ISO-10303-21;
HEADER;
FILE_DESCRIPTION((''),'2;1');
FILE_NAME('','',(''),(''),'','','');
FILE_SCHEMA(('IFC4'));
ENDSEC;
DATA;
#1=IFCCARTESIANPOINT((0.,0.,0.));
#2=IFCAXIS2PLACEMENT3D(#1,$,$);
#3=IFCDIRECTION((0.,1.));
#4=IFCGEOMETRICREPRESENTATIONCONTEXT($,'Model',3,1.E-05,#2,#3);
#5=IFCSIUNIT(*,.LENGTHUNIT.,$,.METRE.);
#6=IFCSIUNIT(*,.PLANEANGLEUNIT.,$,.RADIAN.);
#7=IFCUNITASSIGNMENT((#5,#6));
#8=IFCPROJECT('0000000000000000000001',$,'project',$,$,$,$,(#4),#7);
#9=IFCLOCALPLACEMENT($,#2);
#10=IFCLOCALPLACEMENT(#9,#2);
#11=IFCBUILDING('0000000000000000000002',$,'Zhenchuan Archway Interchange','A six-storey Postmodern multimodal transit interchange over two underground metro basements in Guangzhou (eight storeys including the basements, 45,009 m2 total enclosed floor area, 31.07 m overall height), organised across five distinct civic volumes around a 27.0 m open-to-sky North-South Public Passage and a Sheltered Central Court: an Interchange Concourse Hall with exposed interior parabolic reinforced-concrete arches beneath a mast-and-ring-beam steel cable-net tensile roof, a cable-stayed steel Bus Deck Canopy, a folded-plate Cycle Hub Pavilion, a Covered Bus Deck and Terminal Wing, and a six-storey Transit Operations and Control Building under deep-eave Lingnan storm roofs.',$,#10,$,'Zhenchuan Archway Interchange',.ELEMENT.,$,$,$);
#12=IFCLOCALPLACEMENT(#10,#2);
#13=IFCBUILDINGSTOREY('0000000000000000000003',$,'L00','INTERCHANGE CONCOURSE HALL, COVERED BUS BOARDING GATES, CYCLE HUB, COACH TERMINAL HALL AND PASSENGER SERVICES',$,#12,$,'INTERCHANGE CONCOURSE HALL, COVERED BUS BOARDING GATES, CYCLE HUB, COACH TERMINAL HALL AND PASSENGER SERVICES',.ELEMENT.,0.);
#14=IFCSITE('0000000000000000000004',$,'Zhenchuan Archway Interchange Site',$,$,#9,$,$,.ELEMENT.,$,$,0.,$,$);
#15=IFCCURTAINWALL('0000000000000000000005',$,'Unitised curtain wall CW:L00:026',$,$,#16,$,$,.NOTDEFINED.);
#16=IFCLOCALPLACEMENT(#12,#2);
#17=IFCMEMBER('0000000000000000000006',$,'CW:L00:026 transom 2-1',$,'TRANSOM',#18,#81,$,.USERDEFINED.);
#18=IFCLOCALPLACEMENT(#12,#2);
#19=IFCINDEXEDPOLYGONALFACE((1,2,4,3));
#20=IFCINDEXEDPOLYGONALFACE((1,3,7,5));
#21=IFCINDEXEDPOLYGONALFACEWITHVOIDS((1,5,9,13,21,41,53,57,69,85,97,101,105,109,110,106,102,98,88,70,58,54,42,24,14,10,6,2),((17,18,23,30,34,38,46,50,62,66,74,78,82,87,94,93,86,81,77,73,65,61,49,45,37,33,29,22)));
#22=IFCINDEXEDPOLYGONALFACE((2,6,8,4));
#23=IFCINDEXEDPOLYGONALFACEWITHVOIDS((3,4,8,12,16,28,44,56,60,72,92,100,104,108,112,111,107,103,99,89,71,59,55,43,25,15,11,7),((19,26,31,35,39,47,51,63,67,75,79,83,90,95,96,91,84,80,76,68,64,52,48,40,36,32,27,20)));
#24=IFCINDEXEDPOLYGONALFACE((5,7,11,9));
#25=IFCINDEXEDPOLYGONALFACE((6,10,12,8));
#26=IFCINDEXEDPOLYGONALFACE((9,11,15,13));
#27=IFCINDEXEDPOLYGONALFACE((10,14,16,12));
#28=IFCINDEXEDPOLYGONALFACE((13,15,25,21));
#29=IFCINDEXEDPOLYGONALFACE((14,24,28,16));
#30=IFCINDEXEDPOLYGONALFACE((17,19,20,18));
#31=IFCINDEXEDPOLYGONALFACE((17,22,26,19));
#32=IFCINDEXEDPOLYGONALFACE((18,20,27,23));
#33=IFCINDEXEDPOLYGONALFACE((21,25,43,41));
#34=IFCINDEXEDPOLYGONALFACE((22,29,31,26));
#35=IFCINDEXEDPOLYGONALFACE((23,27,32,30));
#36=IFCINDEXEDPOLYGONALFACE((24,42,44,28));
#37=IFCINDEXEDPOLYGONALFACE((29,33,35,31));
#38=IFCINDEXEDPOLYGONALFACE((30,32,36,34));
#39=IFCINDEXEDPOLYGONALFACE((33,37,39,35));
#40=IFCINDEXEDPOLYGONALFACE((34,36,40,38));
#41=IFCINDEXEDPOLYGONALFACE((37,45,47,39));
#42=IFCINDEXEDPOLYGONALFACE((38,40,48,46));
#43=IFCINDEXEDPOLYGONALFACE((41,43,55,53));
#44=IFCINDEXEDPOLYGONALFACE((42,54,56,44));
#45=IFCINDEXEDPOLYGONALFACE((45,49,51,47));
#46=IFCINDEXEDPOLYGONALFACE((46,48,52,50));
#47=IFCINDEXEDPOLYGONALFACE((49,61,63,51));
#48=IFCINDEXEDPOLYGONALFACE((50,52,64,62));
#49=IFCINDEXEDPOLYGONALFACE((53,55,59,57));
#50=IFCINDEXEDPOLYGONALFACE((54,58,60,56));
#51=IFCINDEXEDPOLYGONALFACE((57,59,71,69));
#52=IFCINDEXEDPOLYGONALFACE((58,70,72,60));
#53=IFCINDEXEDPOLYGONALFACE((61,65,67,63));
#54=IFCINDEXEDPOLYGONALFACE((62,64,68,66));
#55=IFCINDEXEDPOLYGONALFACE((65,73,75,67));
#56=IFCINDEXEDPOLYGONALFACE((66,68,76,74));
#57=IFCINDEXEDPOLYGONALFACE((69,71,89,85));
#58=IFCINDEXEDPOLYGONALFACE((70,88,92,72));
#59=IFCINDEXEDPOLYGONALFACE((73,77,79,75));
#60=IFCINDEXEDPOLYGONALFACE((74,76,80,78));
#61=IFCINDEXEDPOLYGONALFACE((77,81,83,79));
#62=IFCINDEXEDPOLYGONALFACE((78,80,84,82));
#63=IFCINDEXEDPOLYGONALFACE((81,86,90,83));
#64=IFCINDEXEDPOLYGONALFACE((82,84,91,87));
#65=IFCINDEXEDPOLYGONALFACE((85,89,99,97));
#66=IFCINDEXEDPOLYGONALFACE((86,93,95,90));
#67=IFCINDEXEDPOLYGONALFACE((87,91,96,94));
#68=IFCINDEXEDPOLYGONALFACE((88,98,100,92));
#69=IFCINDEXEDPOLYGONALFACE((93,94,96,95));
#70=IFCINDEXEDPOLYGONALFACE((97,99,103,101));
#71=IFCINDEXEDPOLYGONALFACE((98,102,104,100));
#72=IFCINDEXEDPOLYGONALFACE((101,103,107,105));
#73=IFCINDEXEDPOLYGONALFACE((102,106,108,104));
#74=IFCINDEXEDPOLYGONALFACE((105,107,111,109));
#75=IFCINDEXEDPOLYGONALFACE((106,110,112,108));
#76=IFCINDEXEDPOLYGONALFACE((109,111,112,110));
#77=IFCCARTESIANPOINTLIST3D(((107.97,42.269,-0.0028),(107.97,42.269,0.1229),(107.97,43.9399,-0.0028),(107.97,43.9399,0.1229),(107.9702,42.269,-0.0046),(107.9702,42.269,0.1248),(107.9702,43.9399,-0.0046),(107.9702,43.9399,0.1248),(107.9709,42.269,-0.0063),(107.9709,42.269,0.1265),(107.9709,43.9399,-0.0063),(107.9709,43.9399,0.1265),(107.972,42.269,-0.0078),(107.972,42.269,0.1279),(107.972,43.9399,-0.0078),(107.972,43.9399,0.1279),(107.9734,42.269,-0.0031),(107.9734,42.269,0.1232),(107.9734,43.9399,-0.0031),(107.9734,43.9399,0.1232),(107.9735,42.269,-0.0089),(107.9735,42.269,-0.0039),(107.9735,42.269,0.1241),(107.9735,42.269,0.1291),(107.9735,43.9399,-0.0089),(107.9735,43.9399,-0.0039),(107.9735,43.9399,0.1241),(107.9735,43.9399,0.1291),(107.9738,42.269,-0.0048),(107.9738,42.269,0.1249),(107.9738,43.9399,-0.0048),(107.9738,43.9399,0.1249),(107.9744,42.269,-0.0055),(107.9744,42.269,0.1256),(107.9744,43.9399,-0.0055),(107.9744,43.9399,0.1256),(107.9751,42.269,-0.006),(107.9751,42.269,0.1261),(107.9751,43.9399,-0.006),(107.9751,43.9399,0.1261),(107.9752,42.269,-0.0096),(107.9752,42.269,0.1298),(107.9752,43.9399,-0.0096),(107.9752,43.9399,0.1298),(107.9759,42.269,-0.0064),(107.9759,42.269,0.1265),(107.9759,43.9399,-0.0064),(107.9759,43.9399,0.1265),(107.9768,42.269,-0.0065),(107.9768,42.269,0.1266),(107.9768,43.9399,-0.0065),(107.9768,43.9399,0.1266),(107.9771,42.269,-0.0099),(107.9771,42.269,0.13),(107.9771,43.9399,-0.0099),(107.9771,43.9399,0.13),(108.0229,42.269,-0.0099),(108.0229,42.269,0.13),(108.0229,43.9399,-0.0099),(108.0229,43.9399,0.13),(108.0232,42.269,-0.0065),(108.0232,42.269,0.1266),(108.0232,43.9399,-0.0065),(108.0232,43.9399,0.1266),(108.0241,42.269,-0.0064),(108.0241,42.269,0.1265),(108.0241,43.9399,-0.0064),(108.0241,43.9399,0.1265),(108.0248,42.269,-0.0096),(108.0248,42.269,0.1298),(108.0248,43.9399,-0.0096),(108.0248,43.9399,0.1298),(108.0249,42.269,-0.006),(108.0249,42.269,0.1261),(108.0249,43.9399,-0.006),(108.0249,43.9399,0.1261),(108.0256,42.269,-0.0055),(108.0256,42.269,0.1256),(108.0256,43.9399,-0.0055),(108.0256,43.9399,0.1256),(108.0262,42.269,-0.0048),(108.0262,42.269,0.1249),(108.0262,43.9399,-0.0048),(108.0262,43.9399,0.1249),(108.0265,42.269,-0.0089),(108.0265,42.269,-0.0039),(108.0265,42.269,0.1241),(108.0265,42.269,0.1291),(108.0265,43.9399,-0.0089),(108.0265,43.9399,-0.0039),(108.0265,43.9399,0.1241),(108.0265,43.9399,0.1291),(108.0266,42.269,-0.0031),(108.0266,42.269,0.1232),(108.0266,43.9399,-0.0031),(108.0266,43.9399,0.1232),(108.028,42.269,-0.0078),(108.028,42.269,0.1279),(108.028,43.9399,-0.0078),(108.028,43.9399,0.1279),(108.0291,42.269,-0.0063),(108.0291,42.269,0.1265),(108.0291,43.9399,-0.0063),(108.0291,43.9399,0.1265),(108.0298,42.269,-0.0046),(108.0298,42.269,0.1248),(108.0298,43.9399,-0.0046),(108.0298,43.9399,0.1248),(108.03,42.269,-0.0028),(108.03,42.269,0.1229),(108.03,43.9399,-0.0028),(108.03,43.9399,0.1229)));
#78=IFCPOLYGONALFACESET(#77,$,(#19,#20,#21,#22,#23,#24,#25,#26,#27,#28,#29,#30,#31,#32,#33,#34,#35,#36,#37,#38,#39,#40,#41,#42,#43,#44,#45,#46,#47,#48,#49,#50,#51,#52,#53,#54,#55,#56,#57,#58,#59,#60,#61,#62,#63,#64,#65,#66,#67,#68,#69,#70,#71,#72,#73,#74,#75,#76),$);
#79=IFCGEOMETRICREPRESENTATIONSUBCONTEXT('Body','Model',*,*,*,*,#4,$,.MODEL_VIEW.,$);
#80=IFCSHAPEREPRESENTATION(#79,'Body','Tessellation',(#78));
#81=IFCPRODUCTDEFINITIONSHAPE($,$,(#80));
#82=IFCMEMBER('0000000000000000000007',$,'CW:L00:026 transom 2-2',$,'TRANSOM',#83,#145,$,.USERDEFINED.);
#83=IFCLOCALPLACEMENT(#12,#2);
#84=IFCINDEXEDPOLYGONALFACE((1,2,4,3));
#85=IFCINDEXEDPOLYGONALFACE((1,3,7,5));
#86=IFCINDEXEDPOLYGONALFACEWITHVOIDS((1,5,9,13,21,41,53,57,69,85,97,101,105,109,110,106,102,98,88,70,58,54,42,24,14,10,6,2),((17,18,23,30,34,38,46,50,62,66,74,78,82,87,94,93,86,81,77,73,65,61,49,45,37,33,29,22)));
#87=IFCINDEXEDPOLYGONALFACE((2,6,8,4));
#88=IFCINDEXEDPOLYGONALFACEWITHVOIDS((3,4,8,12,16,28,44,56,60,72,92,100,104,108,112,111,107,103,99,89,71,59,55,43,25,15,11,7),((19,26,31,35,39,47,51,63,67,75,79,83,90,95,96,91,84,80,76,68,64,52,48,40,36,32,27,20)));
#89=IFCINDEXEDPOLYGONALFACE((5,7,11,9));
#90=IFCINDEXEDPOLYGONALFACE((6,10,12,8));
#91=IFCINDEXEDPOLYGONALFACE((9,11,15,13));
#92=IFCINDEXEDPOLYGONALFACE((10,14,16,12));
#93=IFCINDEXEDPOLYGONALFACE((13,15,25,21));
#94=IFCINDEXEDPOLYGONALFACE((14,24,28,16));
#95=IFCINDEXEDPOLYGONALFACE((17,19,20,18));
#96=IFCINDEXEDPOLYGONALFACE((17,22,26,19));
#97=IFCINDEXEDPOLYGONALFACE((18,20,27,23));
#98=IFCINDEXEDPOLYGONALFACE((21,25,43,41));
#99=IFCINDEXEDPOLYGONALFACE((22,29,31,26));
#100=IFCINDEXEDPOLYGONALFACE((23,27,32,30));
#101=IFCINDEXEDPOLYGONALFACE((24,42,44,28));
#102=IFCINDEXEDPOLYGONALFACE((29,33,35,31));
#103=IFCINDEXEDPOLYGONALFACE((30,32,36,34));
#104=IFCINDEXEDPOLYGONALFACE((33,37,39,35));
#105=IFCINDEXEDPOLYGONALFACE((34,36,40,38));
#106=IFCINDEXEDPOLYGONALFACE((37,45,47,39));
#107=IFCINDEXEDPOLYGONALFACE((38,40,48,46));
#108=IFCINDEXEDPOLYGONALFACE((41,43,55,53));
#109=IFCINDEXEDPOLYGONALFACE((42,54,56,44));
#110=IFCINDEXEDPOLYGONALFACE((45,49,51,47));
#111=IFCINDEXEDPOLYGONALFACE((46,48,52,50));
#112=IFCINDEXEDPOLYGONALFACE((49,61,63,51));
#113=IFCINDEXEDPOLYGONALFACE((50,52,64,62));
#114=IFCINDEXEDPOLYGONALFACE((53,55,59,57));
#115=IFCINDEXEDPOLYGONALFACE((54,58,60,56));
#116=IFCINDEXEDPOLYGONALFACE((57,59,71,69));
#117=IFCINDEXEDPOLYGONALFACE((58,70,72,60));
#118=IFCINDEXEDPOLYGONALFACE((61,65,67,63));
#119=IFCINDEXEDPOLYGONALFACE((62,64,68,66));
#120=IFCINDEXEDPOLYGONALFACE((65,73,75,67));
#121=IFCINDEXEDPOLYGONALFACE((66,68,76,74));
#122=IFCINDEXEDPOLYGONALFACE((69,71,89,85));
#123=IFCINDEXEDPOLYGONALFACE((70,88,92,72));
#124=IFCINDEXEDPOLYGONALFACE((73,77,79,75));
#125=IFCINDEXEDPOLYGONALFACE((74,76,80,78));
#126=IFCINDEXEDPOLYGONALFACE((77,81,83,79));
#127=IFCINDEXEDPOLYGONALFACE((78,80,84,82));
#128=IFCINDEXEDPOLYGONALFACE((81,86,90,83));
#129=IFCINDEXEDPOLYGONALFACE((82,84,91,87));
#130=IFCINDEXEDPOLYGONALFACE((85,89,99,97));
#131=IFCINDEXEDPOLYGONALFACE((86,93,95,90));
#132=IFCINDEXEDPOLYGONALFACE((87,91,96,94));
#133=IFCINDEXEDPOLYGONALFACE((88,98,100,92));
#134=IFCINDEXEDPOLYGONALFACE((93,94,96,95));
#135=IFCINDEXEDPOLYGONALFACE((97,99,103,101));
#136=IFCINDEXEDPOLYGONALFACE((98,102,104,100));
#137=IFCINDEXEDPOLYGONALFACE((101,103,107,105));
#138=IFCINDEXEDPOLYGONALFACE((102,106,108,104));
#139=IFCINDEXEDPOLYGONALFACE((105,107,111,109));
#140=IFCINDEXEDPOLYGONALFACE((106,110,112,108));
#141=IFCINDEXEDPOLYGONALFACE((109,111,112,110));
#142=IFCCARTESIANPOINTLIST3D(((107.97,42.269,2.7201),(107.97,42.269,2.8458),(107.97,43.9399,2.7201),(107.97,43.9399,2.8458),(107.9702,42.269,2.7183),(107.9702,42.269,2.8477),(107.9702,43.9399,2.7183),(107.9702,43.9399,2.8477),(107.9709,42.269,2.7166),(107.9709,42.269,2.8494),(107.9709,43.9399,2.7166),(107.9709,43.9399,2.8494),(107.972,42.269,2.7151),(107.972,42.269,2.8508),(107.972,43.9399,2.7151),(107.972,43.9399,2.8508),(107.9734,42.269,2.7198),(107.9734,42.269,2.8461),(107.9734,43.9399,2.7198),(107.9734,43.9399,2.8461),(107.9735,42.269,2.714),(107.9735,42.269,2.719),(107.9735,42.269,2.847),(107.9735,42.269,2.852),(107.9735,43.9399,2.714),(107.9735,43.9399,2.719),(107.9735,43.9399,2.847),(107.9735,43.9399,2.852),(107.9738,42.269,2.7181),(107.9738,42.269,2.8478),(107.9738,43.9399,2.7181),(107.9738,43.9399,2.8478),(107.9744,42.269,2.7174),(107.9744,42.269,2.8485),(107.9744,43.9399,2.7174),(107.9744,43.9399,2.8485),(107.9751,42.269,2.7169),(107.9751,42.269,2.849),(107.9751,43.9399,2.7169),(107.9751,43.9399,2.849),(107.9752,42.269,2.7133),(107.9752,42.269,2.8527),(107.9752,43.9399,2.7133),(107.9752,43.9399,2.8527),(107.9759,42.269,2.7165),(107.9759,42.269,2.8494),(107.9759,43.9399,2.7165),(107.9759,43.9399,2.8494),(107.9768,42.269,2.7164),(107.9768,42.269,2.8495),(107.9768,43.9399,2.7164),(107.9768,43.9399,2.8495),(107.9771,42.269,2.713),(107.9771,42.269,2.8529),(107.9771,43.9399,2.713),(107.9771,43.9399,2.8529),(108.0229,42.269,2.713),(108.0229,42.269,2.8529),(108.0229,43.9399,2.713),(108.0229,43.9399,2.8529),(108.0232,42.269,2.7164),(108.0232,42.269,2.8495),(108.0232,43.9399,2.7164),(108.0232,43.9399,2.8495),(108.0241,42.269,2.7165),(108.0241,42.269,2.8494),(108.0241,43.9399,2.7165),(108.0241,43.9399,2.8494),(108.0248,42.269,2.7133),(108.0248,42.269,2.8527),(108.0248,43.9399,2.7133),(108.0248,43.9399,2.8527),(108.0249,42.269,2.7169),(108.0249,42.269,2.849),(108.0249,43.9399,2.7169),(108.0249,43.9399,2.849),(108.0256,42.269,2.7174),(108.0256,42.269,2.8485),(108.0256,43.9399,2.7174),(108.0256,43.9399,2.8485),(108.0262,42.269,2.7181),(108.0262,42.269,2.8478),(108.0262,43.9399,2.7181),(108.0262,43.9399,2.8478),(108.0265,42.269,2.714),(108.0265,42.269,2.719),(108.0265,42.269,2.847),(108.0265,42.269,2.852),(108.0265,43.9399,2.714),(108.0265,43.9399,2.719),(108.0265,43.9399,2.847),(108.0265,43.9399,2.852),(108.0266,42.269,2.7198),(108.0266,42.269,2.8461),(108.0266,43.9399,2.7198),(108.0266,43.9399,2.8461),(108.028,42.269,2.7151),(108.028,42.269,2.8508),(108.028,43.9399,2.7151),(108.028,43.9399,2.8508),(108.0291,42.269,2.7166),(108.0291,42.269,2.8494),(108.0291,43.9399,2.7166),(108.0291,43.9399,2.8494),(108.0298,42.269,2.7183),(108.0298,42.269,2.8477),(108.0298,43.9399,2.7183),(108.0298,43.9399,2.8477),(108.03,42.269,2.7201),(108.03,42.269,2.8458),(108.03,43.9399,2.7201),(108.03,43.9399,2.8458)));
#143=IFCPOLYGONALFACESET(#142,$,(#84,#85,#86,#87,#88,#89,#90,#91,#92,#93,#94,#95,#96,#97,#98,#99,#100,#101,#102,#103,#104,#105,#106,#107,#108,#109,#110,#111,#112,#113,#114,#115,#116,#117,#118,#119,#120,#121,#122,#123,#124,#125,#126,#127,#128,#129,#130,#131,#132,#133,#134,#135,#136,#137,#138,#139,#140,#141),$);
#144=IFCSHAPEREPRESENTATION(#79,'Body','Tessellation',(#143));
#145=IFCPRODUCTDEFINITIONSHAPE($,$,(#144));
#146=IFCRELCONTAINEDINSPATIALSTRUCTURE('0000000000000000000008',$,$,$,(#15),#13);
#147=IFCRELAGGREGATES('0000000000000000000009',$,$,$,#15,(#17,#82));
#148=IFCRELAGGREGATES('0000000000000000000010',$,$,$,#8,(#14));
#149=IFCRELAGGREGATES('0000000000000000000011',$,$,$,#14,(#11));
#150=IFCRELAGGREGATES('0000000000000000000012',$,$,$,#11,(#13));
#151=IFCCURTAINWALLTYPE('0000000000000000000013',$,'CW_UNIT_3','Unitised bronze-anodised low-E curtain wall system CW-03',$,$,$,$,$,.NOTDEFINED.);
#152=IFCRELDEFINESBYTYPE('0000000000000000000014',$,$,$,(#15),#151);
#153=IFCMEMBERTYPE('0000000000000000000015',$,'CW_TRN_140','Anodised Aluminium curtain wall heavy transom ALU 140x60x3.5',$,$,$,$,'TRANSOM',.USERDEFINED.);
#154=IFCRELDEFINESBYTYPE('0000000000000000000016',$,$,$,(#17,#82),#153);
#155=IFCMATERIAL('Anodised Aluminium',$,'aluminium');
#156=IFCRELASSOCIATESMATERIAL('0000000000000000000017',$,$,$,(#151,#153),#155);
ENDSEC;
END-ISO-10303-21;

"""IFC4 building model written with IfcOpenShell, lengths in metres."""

from ifc_helpers import new_model, si_unit, direction, frame, origin, origin_2d, place, context, subcontext, project, spatial, hollow_rectangle, extrude, material, material_profile, profile_set, type_object, element, aggregate, save


model = new_model("IFC4")

# Units and contexts
model_context = context("Model", 3, precision=1e-05, world=origin(), true_north=direction((0.0, 1.0)))
body_context = subcontext(model_context, "Body", "Model", "MODEL_VIEW")
ifc_project = project(units=[si_unit("LENGTHUNIT", "METRE"), si_unit("PLANEANGLEUNIT", "RADIAN")], contexts=[model_context])

# Site, building, storey
site_placement = place(None, origin())
site = spatial("IfcSite", under=ifc_project, at=site_placement, Name="Zhenchuan Archway Interchange Site", CompositionType="ELEMENT", RefElevation=0.0)
building_placement = place(site_placement, origin())
building = spatial("IfcBuilding", under=site, at=building_placement, Name="Zhenchuan Archway Interchange", Description="A six-storey Postmodern multimodal transit interchange over two underground metro basements in Guangzhou (eight storeys including the basements, 45,009 m2 total enclosed floor area, 31.07 m overall height), organised across five distinct civic volumes around a 27.0 m open-to-sky North-South Public Passage and a Sheltered Central Court: an Interchange Concourse Hall with exposed interior parabolic reinforced-concrete arches beneath a mast-and-ring-beam steel cable-net tensile roof, a cable-stayed steel Bus Deck Canopy, a folded-plate Cycle Hub Pavilion, a Covered Bus Deck and Terminal Wing, and a six-storey Transit Operations and Control Building under deep-eave Lingnan storm roofs.", LongName="Zhenchuan Archway Interchange", CompositionType="ELEMENT")
storey_placement = place(building_placement, origin())
storey = spatial("IfcBuildingStorey", under=building, at=storey_placement, Name="L00", Description="INTERCHANGE CONCOURSE HALL, COVERED BUS BOARDING GATES, CYCLE HUB, COACH TERMINAL HALL AND PASSENGER SERVICES", LongName="INTERCHANGE CONCOURSE HALL, COVERED BUS BOARDING GATES, CYCLE HUB, COACH TERMINAL HALL AND PASSENGER SERVICES", CompositionType="ELEMENT", Elevation=0.0)

# Curtain wall, members
ifc_material_1 = material(Name="Anodised Aluminium", Category="aluminium")
curtain_wall_type = type_object("IfcCurtainWallType", Name="CW_UNIT_3", Description="Unitised bronze-anodised low-E curtain wall system CW-03", PredefinedType="NOTDEFINED", material=ifc_material_1)
curtain_wall_placement = place(storey_placement, origin())
curtain_wall = element("IfcCurtainWall", 1, at=curtain_wall_placement, inside=storey, type_object=curtain_wall_type, Name="Unitised curtain wall CW:L00:026", PredefinedType="NOTDEFINED")
ifc_material_profile_1 = material_profile(ifc_material_1, hollow_rectangle(XDim=0.0601, YDim=0.1399, WallThickness=0.0034, InnerFilletRadius=0.0034, OuterFilletRadius=0.0071, at=origin_2d()), Name="ALU 140x60x3.5")
ifc_profile_set_1 = profile_set([ifc_material_profile_1], Name="Anodised Aluminium")
member_type_1 = type_object("IfcMemberType", Name="CW_TRN_140", Description="Anodised Aluminium curtain wall heavy transom ALU 140x60x3.5", ElementType="TRANSOM", PredefinedType="USERDEFINED", material=ifc_profile_set_1)
member_1_placement = place(storey_placement, frame((108.0, 43.9399, 0.0601), z_axis=(0.0, -1.0, 0.0), x_axis=(1.0, 0.0, 0.0)))
member_1 = element("IfcMember", 2, at=member_1_placement, type_object=member_type_1, Name="CW:L00:026 transom 2-1", ObjectType="TRANSOM", PredefinedType="USERDEFINED", context=body_context, shape_type="SweptSolid", body=[
    extrude(hollow_rectangle(XDim=0.0601, YDim=0.1399, WallThickness=0.0034, InnerFilletRadius=0.0034, OuterFilletRadius=0.0071, at=origin_2d()), origin(), (0.0, 0.0, 1.0), 1.6709),
])
member_2_placement = place(storey_placement, frame((108.0, 43.9399, 2.783), z_axis=(0.0, -1.0, 0.0), x_axis=(1.0, 0.0, 0.0)))
member_2 = element("IfcMember", 3, at=member_2_placement, type_object=member_type_1, Name="CW:L00:026 transom 2-2", ObjectType="TRANSOM", PredefinedType="USERDEFINED", context=body_context, shape_type="SweptSolid", body=[
    extrude(hollow_rectangle(XDim=0.0601, YDim=0.1399, WallThickness=0.0034, InnerFilletRadius=0.0034, OuterFilletRadius=0.0071, at=origin_2d()), origin(), (0.0, 0.0, 1.0), 1.6709),
])
aggregate(curtain_wall, [member_1, member_2])

save(model, "model.ifc")
